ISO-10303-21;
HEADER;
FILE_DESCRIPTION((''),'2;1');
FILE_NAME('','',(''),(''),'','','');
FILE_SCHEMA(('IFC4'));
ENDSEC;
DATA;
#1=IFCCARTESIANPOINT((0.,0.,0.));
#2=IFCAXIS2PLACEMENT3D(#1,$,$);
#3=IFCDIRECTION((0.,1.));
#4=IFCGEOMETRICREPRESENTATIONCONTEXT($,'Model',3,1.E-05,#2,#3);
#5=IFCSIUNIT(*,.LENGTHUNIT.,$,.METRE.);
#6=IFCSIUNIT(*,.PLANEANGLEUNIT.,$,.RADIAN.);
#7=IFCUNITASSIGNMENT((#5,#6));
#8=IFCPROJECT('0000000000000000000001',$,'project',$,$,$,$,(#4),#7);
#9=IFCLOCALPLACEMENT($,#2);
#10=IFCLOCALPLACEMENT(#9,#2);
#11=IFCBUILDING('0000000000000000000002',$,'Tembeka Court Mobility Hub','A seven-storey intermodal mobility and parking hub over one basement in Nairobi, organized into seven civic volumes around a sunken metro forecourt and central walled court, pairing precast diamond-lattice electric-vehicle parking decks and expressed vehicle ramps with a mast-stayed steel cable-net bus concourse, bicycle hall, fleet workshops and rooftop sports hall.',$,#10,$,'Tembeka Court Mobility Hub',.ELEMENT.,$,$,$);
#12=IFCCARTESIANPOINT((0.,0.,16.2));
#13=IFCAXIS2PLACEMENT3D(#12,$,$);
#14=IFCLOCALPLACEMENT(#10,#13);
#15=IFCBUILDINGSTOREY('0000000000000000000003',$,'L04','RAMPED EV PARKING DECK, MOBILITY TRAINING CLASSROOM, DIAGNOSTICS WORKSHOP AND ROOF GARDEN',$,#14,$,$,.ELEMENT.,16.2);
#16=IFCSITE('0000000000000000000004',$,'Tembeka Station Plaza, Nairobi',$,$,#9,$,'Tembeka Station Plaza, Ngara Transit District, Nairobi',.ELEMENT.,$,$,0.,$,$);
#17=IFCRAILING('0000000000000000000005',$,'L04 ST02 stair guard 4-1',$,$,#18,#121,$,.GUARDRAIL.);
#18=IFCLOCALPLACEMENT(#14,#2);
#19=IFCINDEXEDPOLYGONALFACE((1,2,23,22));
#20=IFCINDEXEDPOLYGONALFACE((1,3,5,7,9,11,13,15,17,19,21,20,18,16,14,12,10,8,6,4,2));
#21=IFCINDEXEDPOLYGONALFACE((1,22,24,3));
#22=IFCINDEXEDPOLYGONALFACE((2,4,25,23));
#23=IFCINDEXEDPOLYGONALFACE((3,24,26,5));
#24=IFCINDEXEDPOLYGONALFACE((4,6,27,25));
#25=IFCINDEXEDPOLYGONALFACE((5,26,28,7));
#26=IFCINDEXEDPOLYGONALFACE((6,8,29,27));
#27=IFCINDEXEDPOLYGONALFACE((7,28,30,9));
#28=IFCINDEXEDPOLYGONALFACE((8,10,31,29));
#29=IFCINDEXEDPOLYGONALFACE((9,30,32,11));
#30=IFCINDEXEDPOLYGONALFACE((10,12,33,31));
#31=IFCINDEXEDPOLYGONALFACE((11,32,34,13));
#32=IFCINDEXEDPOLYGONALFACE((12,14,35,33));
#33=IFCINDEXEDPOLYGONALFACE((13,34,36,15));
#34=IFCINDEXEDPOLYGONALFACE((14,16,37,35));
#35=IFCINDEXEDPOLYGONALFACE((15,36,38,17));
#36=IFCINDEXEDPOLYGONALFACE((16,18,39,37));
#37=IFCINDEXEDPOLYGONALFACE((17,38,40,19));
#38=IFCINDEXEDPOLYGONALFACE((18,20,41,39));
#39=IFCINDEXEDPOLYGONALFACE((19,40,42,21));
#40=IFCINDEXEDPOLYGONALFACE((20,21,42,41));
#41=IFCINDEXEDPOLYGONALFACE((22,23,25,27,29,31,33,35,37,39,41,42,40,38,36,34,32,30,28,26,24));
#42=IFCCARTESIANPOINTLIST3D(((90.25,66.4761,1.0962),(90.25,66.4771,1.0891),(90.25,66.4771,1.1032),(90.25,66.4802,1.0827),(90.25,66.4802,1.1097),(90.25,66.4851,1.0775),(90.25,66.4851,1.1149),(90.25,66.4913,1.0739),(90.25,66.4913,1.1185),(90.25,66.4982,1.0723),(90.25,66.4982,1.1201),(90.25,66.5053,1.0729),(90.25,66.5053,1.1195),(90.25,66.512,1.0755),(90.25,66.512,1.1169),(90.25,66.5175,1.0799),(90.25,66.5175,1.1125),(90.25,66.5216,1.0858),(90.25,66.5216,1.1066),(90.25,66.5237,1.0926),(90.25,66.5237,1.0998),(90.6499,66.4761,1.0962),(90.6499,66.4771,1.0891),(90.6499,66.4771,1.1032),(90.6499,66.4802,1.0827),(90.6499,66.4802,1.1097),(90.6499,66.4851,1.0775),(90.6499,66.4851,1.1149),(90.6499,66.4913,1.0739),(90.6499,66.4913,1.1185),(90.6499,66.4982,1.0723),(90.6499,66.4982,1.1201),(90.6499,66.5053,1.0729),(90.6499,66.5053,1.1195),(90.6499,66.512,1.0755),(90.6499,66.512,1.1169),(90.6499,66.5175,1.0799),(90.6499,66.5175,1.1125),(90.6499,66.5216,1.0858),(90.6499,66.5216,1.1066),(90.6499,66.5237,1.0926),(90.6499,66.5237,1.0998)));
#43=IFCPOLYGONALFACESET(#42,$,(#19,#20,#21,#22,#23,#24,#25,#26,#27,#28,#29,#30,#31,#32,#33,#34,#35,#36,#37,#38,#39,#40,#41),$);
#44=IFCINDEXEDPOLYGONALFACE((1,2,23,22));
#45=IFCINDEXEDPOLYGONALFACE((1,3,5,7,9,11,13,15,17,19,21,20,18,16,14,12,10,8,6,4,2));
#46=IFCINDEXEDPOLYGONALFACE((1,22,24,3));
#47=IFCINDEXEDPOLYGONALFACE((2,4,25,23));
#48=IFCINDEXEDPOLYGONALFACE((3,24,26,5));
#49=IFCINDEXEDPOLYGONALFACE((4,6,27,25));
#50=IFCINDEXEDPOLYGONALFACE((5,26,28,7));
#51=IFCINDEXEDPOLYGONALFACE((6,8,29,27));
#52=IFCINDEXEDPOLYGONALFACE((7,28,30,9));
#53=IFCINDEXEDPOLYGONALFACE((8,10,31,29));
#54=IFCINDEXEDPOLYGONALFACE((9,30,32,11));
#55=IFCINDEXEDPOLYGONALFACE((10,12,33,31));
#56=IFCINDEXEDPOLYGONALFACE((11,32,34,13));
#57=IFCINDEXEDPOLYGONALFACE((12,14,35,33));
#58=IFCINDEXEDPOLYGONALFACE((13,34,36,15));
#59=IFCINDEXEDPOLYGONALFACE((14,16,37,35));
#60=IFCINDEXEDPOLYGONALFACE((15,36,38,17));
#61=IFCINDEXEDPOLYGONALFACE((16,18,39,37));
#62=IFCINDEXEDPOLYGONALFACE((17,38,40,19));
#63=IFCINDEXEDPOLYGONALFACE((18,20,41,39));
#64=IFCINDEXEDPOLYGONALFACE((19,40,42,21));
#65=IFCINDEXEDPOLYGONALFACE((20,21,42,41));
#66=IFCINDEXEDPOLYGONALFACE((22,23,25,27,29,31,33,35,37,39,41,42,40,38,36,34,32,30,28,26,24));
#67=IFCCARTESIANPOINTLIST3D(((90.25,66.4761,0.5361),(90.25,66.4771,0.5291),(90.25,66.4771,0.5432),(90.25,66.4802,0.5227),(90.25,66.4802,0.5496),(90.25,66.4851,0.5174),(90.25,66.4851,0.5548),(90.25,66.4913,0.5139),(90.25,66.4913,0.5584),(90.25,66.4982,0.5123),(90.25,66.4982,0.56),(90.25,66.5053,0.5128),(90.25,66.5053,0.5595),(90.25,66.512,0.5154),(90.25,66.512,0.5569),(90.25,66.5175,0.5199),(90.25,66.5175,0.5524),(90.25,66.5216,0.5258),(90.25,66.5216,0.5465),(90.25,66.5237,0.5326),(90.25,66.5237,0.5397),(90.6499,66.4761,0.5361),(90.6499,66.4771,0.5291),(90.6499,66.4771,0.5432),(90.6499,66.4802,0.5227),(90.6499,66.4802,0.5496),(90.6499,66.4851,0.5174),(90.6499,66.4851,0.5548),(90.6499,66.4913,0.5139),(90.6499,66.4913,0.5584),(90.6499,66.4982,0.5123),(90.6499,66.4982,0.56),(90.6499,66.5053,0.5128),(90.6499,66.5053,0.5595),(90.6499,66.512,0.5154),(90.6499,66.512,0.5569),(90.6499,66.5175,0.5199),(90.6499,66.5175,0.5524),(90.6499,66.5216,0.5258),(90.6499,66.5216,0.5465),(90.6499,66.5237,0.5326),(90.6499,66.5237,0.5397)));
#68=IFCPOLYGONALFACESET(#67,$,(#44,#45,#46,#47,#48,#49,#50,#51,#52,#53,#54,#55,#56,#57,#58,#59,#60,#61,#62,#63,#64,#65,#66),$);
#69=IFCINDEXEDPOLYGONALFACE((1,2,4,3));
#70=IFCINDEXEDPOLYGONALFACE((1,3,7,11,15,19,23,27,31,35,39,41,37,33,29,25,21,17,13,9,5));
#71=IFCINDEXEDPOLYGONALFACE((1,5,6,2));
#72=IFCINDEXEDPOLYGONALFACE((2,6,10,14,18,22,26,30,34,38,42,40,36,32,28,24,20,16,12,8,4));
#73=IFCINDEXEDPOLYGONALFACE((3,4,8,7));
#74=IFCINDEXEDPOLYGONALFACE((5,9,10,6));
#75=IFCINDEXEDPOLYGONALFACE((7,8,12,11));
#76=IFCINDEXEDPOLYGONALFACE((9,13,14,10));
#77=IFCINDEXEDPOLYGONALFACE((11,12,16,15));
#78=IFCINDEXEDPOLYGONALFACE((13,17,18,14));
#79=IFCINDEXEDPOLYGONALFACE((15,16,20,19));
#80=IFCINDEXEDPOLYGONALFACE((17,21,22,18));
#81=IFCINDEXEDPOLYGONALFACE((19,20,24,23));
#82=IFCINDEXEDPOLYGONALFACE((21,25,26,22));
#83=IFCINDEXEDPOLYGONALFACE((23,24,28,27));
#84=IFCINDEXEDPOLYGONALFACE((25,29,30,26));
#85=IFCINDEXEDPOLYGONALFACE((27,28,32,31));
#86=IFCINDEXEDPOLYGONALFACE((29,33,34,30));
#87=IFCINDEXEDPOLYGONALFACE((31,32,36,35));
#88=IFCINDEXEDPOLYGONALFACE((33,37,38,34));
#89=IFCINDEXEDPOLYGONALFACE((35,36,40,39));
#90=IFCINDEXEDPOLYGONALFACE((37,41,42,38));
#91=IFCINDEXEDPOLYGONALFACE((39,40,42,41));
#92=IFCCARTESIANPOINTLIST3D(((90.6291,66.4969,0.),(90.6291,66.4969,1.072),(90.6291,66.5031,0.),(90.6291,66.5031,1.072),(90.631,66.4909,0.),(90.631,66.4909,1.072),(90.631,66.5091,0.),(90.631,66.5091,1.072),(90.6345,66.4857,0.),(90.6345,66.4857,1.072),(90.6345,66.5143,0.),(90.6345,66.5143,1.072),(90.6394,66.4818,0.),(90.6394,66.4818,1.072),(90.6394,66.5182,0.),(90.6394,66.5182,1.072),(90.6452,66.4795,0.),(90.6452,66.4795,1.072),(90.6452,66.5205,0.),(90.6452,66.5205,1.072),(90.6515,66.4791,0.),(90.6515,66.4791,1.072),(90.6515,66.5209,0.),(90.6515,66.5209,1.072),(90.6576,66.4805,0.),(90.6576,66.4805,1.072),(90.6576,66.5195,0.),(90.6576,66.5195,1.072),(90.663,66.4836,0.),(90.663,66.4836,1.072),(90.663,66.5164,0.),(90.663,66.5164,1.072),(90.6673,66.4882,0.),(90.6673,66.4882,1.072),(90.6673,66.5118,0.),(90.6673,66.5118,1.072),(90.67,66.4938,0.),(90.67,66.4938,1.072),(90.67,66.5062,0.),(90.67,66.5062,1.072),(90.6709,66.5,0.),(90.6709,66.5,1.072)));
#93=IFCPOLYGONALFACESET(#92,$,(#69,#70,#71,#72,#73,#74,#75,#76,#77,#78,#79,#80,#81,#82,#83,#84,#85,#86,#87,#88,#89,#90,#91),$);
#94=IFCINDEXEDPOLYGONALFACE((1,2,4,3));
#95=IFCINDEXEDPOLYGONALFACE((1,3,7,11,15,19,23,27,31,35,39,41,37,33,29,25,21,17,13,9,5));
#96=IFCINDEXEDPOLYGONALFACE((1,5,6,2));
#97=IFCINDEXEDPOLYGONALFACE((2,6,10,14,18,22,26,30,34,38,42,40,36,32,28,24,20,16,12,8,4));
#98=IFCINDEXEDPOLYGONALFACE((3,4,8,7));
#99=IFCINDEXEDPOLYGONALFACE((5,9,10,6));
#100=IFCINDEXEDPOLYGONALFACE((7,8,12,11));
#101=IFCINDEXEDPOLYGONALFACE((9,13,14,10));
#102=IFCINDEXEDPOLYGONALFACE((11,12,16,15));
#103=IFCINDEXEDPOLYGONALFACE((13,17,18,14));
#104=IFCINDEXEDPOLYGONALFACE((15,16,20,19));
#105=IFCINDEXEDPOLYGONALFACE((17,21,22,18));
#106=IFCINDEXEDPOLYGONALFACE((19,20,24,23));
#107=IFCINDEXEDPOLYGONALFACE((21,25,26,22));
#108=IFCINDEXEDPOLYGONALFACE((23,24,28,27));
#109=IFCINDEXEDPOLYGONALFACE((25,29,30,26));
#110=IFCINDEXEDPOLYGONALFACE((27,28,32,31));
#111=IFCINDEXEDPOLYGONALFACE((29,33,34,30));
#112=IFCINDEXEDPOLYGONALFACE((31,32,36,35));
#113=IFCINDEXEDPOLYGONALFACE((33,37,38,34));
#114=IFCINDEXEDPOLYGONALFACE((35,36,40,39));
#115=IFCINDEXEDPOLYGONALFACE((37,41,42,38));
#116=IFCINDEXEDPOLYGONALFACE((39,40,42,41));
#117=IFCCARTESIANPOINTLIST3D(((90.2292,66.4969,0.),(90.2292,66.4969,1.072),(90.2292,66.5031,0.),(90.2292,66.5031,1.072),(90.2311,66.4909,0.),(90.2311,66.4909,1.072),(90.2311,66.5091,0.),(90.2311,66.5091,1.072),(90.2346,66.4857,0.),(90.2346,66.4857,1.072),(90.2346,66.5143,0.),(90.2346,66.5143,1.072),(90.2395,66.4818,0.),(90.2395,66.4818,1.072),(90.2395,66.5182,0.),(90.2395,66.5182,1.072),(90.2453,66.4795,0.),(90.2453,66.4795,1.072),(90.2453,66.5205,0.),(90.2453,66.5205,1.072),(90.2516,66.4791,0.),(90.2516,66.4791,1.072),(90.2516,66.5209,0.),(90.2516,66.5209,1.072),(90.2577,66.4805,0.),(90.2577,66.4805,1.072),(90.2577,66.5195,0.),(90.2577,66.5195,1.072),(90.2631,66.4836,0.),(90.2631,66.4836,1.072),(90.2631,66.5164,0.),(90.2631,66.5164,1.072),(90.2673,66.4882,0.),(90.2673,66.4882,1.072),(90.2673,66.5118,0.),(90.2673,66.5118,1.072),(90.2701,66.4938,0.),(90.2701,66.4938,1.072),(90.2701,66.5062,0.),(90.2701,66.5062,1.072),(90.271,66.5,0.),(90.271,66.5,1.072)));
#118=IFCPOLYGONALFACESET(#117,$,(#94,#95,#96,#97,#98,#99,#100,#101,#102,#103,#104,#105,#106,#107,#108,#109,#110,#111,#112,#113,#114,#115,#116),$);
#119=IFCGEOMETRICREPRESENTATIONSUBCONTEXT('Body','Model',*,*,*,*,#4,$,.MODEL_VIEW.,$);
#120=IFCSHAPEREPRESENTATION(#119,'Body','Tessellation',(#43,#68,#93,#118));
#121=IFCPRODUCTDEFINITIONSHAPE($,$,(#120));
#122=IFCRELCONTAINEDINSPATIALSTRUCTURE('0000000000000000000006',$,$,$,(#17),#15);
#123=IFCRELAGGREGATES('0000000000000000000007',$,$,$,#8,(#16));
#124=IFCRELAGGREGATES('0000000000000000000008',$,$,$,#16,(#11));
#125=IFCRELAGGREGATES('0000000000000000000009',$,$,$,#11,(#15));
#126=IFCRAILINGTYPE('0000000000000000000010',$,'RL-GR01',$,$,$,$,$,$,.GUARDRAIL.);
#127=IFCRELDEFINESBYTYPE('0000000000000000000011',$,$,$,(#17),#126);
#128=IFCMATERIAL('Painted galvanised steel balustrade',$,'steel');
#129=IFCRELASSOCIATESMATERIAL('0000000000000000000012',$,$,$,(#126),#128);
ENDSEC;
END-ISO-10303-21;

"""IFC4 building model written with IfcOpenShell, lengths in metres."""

from ifc_helpers import new_model, si_unit, direction, frame, origin, origin_2d, place, context, subcontext, project, spatial, circle, extrude, material, type_object, element, save


model = new_model("IFC4")

# Units and contexts
model_context = context("Model", 3, precision=1e-05, world=origin(), true_north=direction((0.0, 1.0)))
body_context = subcontext(model_context, "Body", "Model", "MODEL_VIEW")
ifc_project = project(units=[si_unit("LENGTHUNIT", "METRE"), si_unit("PLANEANGLEUNIT", "RADIAN")], contexts=[model_context])

# Site, building, storey
site_placement = place(None, origin())
site = spatial("IfcSite", under=ifc_project, at=site_placement, Name="Tembeka Station Plaza, Nairobi", LongName="Tembeka Station Plaza, Ngara Transit District, Nairobi", CompositionType="ELEMENT", RefElevation=0.0)
building_placement = place(site_placement, origin())
building = spatial("IfcBuilding", under=site, at=building_placement, Name="Tembeka Court Mobility Hub", Description="A seven-storey intermodal mobility and parking hub over one basement in Nairobi, organized into seven civic volumes around a sunken metro forecourt and central walled court, pairing precast diamond-lattice electric-vehicle parking decks and expressed vehicle ramps with a mast-stayed steel cable-net bus concourse, bicycle hall, fleet workshops and rooftop sports hall.", LongName="Tembeka Court Mobility Hub", CompositionType="ELEMENT")
storey_placement = place(building_placement, frame((0.0, 0.0, 16.2)))
storey = spatial("IfcBuildingStorey", under=building, at=storey_placement, Name="L04", Description="RAMPED EV PARKING DECK, MOBILITY TRAINING CLASSROOM, DIAGNOSTICS WORKSHOP AND ROOF GARDEN", CompositionType="ELEMENT", Elevation=16.2)

# Railing
ifc_material_1 = material(Name="Painted galvanised steel balustrade", Category="steel")
railing_type_1 = type_object("IfcRailingType", Name="RL-GR01", PredefinedType="GUARDRAIL", material=ifc_material_1)
railing_1_placement = place(storey_placement, frame((90.6499, 66.5, 0.0)))
element("IfcRailing", 1, at=railing_1_placement, inside=storey, type_object=railing_type_1, Name="L04 ST02 stair guard 4-1", PredefinedType="GUARDRAIL", context=body_context, shape_type="SweptSolid", body=[
    extrude(circle(Radius=0.0239, at=origin_2d()), frame((0.0, 0.0, 1.0962), z_axis=(-1.0, 0.0, 0.0), x_axis=(0.0, -1.0, 0.0)), (0.0, 0.0, 1.0), 0.3999),
    extrude(circle(Radius=0.0239, at=origin_2d()), frame((0.0, 0.0, 0.5361), z_axis=(-1.0, 0.0, 0.0), x_axis=(0.0, -1.0, 0.0)), (0.0, 0.0, 1.0), 0.3999),
    extrude(circle(Radius=0.021, at=origin_2d()), origin(), (0.0, 0.0, 1.0), 1.072),
    extrude(circle(Radius=0.021, at=origin_2d()), frame((-0.3999, 0.0, 0.0)), (0.0, 0.0, 1.0), 1.072),
])

save(model, "model.ifc")
